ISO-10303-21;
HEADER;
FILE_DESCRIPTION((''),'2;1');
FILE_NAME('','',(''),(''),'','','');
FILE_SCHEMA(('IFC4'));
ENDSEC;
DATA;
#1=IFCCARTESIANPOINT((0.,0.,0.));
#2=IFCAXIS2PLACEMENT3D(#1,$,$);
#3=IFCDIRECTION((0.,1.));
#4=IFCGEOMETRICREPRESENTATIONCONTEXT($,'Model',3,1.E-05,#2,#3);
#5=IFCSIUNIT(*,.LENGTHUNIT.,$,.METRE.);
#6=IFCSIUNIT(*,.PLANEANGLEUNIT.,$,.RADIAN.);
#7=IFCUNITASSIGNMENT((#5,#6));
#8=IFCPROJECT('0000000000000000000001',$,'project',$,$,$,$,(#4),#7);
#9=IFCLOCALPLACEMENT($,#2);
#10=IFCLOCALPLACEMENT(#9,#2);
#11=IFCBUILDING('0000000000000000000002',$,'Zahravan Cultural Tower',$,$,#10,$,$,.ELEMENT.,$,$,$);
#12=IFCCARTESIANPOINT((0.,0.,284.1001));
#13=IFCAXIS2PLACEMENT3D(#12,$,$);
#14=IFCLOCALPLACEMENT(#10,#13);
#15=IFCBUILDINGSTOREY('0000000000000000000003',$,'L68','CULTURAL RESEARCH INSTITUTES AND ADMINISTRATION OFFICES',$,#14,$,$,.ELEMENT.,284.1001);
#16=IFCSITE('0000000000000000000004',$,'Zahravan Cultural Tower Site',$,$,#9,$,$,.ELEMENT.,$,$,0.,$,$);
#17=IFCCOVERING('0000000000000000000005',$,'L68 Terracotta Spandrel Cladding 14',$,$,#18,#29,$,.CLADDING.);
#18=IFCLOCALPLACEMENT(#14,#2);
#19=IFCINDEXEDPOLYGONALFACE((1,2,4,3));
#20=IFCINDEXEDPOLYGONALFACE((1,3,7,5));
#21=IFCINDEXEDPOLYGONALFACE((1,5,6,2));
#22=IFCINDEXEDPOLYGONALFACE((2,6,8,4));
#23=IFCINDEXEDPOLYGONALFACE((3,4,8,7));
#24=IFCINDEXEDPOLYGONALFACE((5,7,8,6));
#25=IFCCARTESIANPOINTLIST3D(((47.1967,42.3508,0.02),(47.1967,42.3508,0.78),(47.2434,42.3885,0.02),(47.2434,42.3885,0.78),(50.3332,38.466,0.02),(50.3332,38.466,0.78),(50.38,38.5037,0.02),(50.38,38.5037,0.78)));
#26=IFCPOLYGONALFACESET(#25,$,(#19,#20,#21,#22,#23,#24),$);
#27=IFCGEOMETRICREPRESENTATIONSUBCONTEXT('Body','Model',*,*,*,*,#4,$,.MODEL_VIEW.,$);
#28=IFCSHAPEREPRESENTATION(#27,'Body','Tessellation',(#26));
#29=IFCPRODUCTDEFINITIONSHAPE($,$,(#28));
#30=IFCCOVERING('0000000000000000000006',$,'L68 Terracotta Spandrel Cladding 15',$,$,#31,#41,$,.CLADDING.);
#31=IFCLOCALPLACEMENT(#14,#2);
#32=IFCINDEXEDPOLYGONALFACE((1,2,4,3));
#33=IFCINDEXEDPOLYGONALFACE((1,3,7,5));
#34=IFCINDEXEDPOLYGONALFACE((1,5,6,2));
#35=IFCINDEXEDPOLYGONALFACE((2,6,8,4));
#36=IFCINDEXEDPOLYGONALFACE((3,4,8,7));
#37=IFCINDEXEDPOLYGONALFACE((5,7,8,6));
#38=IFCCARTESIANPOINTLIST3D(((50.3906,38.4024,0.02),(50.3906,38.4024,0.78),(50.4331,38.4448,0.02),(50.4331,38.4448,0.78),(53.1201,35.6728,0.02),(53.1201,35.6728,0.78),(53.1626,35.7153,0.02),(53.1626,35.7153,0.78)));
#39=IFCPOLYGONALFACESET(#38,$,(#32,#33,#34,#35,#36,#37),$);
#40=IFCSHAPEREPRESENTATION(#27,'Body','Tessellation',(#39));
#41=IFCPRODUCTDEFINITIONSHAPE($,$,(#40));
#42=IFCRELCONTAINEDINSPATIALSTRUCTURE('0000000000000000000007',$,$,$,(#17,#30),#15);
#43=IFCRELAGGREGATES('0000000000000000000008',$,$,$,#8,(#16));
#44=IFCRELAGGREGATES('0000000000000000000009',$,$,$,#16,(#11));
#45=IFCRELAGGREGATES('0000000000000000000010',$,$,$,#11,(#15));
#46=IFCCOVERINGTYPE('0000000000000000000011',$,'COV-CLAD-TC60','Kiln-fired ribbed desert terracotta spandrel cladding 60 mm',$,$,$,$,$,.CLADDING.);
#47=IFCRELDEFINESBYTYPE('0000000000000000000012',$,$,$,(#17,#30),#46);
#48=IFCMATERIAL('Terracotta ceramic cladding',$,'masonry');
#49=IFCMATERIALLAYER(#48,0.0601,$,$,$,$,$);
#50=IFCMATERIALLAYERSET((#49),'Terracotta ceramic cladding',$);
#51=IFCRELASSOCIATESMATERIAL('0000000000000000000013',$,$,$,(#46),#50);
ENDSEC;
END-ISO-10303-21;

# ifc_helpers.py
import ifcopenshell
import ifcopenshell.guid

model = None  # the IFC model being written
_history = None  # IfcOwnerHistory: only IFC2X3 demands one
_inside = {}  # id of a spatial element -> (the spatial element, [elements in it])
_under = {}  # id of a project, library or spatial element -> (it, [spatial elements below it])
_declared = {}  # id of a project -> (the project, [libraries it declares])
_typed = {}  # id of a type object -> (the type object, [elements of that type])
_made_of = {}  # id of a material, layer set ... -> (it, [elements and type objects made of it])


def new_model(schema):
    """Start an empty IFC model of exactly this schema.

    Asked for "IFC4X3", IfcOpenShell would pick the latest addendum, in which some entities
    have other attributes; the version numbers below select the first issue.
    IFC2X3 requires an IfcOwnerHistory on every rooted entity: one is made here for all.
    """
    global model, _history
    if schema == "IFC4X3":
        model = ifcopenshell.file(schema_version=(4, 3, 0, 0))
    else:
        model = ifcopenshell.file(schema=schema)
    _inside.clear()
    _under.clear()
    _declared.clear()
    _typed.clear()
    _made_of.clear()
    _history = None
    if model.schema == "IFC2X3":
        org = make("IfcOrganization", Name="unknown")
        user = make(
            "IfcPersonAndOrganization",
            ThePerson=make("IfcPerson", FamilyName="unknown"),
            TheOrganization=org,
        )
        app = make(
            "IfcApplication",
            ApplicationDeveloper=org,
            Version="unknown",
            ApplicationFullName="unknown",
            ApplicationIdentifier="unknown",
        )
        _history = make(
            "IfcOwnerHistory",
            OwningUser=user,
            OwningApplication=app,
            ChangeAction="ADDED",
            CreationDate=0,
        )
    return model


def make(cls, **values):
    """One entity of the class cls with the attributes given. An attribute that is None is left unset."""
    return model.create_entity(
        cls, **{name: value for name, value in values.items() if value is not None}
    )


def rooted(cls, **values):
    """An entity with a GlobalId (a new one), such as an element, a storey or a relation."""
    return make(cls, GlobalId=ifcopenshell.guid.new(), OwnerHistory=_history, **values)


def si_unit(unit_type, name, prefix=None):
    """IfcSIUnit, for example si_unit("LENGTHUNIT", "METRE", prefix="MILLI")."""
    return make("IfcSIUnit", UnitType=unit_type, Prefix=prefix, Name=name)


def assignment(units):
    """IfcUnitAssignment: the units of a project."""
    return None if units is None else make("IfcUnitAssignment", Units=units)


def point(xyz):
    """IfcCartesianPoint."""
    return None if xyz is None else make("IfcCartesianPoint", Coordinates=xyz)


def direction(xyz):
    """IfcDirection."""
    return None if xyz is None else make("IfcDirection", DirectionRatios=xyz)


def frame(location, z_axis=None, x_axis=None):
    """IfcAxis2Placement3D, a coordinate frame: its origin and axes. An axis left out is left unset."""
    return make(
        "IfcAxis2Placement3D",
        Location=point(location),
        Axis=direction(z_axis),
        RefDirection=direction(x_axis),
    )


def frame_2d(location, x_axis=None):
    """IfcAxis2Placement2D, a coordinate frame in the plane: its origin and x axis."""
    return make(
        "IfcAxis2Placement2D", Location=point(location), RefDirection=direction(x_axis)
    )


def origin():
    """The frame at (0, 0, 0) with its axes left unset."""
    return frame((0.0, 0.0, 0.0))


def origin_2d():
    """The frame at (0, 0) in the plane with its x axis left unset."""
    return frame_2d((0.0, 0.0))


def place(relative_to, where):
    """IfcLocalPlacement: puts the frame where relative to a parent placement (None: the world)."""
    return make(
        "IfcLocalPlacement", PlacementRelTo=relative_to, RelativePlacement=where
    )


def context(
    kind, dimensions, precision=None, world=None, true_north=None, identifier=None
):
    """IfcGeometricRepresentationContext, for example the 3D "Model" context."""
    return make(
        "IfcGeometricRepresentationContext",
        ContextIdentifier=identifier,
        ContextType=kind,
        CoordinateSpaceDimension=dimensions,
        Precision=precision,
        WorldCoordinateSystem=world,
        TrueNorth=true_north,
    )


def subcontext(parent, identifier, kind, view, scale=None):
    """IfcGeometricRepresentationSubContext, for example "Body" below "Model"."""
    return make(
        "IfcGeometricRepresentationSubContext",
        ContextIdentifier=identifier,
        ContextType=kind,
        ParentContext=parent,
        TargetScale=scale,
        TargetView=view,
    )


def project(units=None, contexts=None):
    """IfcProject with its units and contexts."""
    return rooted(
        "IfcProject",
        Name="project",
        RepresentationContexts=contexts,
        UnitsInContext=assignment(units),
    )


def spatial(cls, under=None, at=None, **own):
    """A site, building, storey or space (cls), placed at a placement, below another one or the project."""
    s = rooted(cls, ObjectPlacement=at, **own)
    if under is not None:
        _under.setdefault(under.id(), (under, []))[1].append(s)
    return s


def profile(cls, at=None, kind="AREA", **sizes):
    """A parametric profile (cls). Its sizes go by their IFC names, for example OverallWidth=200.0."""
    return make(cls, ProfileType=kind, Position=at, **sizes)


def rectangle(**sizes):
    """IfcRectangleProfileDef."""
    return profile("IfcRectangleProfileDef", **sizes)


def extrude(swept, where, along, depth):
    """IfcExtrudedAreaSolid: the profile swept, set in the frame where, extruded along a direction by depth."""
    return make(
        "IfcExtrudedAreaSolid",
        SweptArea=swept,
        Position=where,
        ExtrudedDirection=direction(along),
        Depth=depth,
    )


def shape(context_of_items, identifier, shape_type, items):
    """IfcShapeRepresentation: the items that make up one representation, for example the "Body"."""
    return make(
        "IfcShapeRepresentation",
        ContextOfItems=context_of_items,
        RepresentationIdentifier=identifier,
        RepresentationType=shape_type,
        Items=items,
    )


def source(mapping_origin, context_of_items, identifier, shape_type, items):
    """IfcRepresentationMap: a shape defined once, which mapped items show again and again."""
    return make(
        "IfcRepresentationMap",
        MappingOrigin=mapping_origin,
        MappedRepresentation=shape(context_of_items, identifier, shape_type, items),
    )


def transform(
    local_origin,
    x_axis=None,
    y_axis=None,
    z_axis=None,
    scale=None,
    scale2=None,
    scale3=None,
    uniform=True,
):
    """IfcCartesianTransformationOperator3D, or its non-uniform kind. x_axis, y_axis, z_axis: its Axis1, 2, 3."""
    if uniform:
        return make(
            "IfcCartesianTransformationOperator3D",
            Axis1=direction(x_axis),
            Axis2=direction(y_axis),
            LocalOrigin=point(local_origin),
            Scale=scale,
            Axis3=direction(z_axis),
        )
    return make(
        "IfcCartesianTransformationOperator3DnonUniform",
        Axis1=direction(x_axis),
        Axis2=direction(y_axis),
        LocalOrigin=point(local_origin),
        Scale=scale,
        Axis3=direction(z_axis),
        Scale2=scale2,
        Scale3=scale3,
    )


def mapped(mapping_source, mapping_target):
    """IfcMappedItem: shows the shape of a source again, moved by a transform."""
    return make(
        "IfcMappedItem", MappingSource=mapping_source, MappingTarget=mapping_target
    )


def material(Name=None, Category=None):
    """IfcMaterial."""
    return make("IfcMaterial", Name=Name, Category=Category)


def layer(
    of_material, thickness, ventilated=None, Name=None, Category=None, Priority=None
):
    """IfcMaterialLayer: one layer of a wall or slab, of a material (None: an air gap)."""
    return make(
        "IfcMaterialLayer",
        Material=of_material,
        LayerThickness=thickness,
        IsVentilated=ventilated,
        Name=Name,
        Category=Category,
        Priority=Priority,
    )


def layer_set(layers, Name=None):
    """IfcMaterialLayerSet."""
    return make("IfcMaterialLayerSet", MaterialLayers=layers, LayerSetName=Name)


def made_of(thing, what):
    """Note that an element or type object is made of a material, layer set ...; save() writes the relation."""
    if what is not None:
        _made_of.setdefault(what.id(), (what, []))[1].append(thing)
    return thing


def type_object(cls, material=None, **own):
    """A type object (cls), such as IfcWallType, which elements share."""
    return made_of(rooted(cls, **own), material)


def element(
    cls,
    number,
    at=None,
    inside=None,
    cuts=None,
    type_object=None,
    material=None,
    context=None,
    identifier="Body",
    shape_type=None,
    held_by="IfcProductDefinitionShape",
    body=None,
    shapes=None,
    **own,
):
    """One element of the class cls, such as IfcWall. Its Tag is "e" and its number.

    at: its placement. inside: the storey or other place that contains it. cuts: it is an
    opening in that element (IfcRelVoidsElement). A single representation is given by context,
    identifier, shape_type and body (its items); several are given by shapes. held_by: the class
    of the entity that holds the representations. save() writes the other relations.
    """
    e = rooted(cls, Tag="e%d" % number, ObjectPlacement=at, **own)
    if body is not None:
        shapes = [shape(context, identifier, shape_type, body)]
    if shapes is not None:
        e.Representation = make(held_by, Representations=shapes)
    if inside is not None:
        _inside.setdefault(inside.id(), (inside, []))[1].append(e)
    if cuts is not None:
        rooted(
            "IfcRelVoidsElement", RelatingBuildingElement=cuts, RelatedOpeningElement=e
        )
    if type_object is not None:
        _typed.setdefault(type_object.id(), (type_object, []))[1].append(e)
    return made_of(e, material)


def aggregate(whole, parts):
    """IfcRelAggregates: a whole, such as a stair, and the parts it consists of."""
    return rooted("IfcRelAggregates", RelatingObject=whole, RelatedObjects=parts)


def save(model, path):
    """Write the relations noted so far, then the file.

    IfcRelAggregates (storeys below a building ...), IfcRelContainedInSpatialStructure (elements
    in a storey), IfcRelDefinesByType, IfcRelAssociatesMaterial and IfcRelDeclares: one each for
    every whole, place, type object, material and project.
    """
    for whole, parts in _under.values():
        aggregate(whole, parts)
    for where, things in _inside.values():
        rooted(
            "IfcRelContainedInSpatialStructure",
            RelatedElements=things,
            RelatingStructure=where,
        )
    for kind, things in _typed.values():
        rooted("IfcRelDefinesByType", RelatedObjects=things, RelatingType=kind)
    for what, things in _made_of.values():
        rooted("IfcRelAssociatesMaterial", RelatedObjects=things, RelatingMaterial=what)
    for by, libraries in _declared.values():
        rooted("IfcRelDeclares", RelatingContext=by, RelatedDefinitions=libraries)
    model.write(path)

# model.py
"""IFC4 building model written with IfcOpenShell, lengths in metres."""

from ifc_helpers import new_model, si_unit, direction, frame, origin, origin_2d, place, context, subcontext, project, spatial, rectangle, extrude, source, transform, mapped, material, layer, layer_set, type_object, element, save


model = new_model("IFC4")

# Units and contexts
model_context = context("Model", 3, precision=1e-05, world=origin(), true_north=direction((0.0, 1.0)))
body_context = subcontext(model_context, "Body", "Model", "MODEL_VIEW")
ifc_project = project(units=[si_unit("LENGTHUNIT", "METRE"), si_unit("PLANEANGLEUNIT", "RADIAN")], contexts=[model_context])

# Site, building, storey
site_placement = place(None, origin())
site = spatial("IfcSite", under=ifc_project, at=site_placement, Name="Zahravan Cultural Tower Site", CompositionType="ELEMENT", RefElevation=0.0)
building_placement = place(site_placement, origin())
building = spatial("IfcBuilding", under=site, at=building_placement, Name="Zahravan Cultural Tower", CompositionType="ELEMENT")
storey_placement = place(building_placement, frame((0.0, 0.0, 284.1001)))
storey = spatial("IfcBuildingStorey", under=building, at=storey_placement, Name="L68", Description="CULTURAL RESEARCH INSTITUTES AND ADMINISTRATION OFFICES", CompositionType="ELEMENT", Elevation=284.1001)

# Coverings
ifc_material_1 = material(Name="Terracotta ceramic cladding", Category="masonry")
ifc_layer_1 = layer(ifc_material_1, 0.0601)
ifc_layer_set_1 = layer_set([ifc_layer_1], Name="Terracotta ceramic cladding")
covering_type = type_object("IfcCoveringType", Name="COV-CLAD-TC60", Description="Kiln-fired ribbed desert terracotta spandrel cladding 60 mm", PredefinedType="CLADDING", material=ifc_layer_set_1)
shared_shape_1 = source(origin(), body_context, "Body", "SweptSolid", [
    extrude(rectangle(XDim=4.9929, YDim=0.0601, at=origin_2d()), origin(), (0.0, 0.0, 1.0), 0.76),
])
covering_1_placement = place(storey_placement, frame((48.7883, 40.4272, 0.02), z_axis=(0.0, 0.0, 1.0), x_axis=(0.628194, -0.778057, 0.0)))
element("IfcCovering", 1, at=covering_1_placement, inside=storey, type_object=covering_type, Name="L68 Terracotta Spandrel Cladding 14", PredefinedType="CLADDING", context=body_context, shape_type="MappedRepresentation", body=[
    mapped(shared_shape_1, transform((0.0, 0.0, 0.0), x_axis=(1.0, 0.0, 0.0), y_axis=(0.0, 1.0, 0.0), z_axis=(0.0, 0.0, 1.0), scale=1.0)),
])
shared_shape_2 = source(origin(), body_context, "Body", "SweptSolid", [
    extrude(rectangle(XDim=3.8601, YDim=0.0601, at=origin_2d()), origin(), (0.0, 0.0, 1.0), 0.76),
])
covering_2_placement = place(storey_placement, frame((51.7766, 37.0588, 0.02), z_axis=(0.0, 0.0, 1.0), x_axis=(0.707107, -0.707107, 0.0)))
element("IfcCovering", 2, at=covering_2_placement, inside=storey, type_object=covering_type, Name="L68 Terracotta Spandrel Cladding 15", PredefinedType="CLADDING", context=body_context, shape_type="MappedRepresentation", body=[
    mapped(shared_shape_2, transform((0.0, 0.0, 0.0), x_axis=(1.0, 0.0, 0.0), y_axis=(0.0, 1.0, 0.0), z_axis=(0.0, 0.0, 1.0), scale=1.0)),
])

save(model, "model.ifc")
